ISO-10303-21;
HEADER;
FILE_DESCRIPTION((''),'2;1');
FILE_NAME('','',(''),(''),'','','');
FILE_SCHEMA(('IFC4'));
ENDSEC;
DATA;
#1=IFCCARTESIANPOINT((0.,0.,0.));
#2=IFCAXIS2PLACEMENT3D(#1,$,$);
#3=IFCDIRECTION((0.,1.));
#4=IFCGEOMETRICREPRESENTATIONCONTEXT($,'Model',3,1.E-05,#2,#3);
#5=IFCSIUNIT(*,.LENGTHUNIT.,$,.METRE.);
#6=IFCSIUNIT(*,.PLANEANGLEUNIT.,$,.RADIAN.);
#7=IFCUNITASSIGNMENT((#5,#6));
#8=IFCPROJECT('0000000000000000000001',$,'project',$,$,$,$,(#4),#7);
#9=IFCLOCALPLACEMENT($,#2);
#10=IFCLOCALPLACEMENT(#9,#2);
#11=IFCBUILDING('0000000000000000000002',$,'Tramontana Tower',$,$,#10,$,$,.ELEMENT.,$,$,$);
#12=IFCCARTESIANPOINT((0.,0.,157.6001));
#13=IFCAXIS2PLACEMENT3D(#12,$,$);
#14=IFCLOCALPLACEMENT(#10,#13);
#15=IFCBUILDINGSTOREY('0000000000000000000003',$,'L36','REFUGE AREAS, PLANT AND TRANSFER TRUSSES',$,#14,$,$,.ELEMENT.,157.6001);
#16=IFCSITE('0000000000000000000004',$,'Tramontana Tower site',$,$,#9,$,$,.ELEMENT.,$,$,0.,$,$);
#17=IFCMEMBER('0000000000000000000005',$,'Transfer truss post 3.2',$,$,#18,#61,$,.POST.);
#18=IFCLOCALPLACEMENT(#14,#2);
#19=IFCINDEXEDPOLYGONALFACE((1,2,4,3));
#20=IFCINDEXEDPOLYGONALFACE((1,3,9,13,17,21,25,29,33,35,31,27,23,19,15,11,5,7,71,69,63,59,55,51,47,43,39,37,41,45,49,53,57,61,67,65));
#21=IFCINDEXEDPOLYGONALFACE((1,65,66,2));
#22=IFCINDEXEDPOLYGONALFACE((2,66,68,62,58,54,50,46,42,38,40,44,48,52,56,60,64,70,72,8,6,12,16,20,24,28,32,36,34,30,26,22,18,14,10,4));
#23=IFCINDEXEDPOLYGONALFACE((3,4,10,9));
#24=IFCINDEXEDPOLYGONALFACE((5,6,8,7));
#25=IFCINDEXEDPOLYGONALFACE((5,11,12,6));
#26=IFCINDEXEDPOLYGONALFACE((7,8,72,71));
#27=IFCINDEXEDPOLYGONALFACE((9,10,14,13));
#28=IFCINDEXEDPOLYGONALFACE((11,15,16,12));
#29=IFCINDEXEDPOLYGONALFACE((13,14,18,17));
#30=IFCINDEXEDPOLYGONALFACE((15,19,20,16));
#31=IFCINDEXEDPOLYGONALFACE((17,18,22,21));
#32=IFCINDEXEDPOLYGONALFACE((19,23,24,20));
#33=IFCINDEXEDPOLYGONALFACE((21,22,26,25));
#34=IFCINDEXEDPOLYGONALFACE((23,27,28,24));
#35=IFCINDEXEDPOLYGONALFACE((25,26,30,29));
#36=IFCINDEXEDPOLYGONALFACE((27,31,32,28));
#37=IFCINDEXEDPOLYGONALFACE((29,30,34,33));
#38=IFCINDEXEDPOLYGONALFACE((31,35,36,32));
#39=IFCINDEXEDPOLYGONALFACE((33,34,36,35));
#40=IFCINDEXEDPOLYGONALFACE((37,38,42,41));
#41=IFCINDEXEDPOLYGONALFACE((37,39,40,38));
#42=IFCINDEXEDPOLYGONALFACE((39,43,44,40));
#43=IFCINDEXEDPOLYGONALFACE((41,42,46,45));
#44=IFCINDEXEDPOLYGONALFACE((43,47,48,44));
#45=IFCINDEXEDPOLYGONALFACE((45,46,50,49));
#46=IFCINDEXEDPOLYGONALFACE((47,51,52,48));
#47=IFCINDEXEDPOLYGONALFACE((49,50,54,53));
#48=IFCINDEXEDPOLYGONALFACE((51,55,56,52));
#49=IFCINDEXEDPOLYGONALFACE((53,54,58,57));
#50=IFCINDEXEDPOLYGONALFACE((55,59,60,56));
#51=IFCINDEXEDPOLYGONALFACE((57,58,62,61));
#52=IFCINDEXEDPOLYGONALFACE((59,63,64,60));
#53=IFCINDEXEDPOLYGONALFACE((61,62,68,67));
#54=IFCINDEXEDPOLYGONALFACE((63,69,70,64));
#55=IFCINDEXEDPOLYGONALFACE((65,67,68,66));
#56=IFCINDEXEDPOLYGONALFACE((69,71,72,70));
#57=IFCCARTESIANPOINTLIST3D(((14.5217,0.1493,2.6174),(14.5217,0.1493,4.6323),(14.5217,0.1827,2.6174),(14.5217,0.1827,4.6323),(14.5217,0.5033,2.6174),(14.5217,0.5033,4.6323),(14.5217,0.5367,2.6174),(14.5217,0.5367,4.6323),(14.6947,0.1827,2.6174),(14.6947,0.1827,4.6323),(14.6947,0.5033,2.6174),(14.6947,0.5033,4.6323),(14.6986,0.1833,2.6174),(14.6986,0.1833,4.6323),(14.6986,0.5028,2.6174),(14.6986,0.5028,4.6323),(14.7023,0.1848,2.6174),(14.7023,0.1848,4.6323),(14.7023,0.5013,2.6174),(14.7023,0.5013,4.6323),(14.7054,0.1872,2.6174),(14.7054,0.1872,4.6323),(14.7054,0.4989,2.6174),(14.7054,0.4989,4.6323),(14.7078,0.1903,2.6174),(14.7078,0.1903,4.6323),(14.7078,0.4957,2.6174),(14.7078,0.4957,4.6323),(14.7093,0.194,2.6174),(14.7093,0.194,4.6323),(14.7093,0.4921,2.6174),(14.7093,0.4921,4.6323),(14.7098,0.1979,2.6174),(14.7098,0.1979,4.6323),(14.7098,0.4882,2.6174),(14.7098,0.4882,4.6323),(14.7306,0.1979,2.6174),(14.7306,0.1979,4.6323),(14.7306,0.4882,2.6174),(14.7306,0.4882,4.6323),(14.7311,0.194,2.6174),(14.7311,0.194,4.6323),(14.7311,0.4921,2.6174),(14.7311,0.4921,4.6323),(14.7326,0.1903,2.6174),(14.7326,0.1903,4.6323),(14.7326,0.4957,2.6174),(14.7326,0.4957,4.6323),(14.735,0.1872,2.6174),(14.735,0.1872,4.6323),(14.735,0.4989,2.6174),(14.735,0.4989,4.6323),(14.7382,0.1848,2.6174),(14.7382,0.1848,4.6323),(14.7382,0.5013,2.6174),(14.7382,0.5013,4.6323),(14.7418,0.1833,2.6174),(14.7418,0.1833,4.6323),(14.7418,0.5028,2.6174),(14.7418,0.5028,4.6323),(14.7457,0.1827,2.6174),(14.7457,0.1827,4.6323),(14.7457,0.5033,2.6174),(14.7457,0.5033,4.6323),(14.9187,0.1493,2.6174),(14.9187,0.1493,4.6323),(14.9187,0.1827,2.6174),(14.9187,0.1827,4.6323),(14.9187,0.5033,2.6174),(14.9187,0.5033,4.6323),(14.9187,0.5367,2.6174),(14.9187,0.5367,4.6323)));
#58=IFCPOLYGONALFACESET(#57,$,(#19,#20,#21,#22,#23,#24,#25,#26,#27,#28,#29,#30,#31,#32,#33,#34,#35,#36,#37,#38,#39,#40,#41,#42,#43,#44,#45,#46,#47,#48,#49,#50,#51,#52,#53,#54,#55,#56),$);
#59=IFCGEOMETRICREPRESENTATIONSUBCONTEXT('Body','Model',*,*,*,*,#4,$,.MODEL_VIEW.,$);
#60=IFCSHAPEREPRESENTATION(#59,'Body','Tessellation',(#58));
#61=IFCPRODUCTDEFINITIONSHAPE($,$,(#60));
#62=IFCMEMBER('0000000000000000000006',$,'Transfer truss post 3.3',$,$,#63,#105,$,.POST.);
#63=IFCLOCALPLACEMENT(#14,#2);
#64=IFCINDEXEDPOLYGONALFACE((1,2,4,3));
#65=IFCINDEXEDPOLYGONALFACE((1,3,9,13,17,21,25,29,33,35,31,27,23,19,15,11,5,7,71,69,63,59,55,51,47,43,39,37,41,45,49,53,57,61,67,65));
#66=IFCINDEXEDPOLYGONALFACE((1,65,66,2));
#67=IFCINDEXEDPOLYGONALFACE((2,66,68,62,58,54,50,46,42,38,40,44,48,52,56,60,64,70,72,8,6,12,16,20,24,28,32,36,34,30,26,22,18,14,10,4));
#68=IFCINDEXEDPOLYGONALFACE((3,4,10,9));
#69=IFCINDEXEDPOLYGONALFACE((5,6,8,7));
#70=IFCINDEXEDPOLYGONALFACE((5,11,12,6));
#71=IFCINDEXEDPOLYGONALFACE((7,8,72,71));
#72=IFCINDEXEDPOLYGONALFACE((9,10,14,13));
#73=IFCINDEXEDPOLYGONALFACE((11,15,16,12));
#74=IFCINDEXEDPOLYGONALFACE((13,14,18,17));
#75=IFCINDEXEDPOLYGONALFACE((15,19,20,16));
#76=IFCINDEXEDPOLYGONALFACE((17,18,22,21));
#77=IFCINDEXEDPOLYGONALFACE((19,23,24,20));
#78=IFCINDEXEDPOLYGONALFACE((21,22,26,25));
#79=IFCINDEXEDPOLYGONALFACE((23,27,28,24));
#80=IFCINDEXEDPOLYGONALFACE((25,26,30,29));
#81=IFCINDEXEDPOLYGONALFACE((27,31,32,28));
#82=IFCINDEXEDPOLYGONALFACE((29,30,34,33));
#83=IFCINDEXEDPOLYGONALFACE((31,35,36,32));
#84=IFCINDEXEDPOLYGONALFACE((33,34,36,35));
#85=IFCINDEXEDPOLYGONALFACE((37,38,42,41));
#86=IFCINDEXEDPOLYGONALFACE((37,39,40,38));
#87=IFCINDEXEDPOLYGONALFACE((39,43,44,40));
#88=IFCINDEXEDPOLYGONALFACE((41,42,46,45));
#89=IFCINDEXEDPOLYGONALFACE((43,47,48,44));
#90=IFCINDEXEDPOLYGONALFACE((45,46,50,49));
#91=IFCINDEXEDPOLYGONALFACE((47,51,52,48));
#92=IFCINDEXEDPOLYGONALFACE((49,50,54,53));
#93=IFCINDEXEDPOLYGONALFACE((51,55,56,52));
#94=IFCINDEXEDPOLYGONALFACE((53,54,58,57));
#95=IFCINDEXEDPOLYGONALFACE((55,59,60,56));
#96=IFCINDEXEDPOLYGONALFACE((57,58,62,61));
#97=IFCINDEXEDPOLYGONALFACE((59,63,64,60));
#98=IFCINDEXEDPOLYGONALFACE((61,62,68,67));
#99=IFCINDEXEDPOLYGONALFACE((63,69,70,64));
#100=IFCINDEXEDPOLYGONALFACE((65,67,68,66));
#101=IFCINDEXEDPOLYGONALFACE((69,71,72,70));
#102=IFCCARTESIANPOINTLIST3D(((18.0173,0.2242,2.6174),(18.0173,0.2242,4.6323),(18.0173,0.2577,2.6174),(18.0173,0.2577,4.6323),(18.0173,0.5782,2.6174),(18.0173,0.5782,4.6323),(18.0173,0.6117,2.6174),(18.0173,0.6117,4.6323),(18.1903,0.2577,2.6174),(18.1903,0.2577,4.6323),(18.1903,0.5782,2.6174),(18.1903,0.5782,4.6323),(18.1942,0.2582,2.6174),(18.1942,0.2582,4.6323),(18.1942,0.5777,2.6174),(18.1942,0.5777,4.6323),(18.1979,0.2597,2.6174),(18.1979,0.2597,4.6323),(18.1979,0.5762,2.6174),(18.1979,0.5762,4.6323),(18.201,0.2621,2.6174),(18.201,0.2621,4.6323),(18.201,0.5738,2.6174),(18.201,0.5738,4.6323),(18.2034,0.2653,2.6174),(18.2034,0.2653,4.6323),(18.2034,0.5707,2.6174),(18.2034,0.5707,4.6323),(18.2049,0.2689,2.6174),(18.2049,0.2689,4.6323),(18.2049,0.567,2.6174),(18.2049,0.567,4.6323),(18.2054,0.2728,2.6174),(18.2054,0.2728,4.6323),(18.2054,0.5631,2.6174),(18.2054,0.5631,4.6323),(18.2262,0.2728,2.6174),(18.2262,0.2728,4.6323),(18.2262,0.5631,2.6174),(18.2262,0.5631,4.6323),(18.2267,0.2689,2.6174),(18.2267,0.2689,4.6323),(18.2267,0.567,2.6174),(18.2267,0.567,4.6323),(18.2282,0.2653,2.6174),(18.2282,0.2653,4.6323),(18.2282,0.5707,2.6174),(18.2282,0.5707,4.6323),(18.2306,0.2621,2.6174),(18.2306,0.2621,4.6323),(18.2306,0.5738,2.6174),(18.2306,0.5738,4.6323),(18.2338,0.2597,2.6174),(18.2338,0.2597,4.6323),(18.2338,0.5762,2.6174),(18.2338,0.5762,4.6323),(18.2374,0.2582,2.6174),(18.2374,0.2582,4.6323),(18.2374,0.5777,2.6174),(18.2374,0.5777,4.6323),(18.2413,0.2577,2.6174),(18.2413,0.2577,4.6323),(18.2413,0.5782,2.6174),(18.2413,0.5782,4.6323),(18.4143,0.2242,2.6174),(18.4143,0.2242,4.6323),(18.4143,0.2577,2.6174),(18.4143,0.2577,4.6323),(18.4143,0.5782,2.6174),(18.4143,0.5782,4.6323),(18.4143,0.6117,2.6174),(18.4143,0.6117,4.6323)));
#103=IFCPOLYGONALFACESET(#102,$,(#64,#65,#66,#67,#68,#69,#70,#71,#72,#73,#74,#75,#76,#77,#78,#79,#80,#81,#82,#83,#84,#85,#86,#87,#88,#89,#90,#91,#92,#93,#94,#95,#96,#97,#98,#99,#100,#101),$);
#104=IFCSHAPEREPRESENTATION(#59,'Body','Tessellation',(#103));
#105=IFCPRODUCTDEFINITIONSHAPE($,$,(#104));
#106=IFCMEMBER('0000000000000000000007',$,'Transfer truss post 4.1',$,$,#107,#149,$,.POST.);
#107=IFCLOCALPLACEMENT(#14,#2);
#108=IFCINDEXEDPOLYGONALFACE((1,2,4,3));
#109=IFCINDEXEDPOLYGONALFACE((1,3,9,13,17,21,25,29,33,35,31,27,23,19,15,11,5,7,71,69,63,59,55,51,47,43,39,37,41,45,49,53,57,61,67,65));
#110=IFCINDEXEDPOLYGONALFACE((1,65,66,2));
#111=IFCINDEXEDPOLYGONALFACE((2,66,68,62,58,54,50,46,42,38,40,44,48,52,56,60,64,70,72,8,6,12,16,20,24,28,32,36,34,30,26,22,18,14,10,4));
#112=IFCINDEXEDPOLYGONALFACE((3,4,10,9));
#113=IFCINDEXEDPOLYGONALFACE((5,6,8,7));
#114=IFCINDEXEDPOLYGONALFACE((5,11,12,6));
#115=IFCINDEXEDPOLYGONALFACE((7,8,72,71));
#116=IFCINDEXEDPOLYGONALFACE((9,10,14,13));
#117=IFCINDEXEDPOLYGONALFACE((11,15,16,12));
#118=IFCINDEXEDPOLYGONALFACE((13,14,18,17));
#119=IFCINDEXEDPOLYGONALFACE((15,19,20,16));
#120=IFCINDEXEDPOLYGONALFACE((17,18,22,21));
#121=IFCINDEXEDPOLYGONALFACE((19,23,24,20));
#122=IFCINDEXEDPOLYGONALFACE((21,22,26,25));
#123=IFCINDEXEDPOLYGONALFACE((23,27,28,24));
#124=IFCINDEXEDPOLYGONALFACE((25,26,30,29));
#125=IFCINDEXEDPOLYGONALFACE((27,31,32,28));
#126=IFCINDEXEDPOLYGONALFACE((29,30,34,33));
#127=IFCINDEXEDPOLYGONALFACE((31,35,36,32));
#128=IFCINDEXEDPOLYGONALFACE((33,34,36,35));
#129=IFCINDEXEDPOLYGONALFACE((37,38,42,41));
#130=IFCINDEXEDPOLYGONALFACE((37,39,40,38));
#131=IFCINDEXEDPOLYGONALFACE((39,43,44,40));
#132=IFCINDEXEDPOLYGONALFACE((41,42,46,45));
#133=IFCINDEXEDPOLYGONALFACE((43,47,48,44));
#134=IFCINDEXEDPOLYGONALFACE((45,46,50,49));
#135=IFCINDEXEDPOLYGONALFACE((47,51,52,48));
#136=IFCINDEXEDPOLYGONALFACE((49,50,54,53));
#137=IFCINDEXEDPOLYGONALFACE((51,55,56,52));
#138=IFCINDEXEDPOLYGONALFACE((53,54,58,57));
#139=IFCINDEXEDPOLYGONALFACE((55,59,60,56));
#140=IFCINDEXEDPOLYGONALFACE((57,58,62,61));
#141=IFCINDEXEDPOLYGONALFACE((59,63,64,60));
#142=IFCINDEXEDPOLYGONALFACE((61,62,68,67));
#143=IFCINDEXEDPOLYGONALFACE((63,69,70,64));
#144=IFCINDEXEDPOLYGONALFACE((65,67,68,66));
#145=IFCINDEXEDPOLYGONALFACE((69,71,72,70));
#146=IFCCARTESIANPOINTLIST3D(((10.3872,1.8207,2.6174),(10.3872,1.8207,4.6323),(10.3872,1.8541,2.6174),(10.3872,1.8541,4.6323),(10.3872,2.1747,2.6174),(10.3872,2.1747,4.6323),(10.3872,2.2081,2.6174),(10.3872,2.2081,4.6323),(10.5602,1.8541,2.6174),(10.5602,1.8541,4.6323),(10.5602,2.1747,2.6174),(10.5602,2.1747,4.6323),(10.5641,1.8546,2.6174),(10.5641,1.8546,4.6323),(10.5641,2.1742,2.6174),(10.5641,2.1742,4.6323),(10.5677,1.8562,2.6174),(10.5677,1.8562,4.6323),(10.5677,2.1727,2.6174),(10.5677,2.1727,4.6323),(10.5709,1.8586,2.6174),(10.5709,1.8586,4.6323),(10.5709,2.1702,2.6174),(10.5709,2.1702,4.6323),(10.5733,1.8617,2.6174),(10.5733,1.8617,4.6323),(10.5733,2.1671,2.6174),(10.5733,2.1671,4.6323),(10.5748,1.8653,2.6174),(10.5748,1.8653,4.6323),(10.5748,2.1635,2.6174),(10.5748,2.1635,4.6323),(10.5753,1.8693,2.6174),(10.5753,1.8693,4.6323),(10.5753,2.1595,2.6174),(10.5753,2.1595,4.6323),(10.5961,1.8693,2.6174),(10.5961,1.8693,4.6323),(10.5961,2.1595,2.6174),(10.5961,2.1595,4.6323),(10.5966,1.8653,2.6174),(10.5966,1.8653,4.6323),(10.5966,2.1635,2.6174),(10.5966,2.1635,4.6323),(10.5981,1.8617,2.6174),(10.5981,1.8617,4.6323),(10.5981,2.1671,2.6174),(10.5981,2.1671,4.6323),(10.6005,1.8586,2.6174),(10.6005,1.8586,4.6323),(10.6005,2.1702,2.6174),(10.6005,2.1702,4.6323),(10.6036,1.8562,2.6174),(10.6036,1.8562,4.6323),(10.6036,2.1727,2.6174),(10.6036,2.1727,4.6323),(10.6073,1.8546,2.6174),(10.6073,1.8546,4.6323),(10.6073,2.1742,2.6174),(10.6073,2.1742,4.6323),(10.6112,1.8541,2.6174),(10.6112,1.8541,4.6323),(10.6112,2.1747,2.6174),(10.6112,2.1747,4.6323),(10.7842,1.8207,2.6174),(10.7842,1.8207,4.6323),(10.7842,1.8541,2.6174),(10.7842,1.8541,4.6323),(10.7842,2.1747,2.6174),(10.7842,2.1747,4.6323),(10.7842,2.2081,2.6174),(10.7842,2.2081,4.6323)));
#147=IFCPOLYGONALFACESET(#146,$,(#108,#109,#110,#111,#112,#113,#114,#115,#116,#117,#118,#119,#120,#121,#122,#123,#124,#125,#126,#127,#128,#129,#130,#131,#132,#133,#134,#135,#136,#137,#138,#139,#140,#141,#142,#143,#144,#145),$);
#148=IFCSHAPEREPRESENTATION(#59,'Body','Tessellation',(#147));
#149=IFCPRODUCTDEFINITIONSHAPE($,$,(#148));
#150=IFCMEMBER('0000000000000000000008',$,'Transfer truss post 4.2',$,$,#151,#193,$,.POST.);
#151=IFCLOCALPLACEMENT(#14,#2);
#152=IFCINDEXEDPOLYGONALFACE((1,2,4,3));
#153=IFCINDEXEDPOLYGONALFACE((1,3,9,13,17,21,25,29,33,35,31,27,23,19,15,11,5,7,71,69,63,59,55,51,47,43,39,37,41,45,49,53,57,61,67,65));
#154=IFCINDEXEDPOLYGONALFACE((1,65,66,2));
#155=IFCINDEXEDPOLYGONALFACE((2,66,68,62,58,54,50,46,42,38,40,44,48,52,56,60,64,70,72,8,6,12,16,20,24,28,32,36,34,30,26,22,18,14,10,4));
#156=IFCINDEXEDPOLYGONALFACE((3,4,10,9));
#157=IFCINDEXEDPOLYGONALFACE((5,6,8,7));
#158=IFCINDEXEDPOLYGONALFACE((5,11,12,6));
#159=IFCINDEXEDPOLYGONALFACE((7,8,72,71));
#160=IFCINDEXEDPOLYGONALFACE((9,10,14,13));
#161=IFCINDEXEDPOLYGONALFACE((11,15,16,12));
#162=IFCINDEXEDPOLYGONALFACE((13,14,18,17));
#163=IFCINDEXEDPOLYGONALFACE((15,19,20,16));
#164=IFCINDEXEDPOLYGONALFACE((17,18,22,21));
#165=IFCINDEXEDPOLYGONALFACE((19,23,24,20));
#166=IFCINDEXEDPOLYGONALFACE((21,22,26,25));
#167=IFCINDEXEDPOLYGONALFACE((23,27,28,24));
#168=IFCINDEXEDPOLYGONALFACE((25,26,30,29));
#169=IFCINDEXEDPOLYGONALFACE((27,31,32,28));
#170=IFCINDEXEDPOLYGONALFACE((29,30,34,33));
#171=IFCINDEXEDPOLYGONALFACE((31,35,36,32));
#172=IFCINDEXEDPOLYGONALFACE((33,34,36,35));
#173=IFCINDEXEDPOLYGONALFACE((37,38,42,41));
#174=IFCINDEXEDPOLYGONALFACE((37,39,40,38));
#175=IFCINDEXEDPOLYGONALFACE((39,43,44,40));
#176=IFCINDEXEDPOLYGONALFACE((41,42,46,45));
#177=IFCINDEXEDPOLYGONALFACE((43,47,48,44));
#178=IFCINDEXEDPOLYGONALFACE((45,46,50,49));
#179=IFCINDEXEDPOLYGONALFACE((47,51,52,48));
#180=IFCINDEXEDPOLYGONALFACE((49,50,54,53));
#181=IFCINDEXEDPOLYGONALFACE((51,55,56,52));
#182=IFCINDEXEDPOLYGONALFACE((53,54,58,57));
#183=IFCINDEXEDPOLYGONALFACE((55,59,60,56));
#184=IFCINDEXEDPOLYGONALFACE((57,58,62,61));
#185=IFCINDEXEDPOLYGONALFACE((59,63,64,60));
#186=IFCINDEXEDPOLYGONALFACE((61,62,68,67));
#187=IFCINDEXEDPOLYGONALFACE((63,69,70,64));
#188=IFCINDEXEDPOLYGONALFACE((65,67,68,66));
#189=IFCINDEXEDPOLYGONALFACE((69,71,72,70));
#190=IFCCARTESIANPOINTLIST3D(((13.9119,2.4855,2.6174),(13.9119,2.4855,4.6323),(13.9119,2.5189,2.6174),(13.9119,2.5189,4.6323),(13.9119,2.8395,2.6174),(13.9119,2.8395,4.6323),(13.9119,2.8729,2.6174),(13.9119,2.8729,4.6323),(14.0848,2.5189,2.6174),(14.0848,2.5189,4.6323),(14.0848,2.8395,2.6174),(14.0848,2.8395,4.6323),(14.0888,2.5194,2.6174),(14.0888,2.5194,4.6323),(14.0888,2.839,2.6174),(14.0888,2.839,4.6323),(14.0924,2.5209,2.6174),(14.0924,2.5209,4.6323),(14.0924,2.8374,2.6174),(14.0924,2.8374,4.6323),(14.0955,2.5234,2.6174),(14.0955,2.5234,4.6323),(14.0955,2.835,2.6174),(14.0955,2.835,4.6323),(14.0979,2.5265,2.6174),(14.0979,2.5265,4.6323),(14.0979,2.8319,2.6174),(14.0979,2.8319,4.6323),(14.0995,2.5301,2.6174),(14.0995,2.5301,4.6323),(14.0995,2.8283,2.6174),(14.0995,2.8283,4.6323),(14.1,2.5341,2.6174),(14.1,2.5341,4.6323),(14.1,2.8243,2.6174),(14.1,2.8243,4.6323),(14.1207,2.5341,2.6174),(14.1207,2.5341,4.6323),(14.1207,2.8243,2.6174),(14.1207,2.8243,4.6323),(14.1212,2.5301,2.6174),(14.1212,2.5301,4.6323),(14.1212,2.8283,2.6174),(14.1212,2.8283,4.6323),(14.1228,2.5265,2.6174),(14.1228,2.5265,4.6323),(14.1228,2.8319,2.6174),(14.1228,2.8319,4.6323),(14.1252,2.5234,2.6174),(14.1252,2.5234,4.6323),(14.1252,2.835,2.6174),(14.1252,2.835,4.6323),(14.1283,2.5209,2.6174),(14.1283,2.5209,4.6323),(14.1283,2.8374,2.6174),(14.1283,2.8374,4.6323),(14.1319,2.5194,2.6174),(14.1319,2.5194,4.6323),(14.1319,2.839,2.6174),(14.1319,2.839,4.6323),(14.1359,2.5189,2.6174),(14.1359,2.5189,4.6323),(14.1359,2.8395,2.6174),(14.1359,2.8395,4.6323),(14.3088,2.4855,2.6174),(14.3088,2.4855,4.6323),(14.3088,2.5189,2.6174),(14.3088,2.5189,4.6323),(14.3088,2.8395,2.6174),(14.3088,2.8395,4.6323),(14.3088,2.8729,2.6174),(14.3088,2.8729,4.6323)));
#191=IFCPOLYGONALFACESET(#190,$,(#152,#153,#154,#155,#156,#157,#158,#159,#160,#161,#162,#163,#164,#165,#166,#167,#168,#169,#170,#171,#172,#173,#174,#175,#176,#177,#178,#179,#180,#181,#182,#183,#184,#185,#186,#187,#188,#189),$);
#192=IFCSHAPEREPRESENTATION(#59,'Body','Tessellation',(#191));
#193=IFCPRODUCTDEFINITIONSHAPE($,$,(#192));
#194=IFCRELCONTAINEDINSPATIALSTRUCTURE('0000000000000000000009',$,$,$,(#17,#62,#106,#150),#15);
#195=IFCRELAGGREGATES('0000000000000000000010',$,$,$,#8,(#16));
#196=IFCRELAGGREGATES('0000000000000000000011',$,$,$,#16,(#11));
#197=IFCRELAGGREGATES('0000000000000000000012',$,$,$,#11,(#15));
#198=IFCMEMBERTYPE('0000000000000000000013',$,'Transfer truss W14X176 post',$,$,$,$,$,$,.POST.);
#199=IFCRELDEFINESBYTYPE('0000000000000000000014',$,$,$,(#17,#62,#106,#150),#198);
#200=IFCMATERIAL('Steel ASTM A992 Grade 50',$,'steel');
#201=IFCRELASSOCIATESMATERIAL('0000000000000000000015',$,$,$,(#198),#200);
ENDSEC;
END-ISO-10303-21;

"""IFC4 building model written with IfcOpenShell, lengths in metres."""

from ifc_helpers import new_model, si_unit, direction, frame, origin, origin_2d, place, context, subcontext, project, spatial, i_section, extrude, material, material_profile, profile_set, type_object, element, save


model = new_model("IFC4")

# Units and contexts
model_context = context("Model", 3, precision=1e-05, world=origin(), true_north=direction((0.0, 1.0)))
body_context = subcontext(model_context, "Body", "Model", "MODEL_VIEW")
ifc_project = project(units=[si_unit("LENGTHUNIT", "METRE"), si_unit("PLANEANGLEUNIT", "RADIAN")], contexts=[model_context])

# Site, building, storey
site_placement = place(None, origin())
site = spatial("IfcSite", under=ifc_project, at=site_placement, Name="Tramontana Tower site", CompositionType="ELEMENT", RefElevation=0.0)
building_placement = place(site_placement, origin())
building = spatial("IfcBuilding", under=site, at=building_placement, Name="Tramontana Tower", CompositionType="ELEMENT")
storey_placement = place(building_placement, frame((0.0, 0.0, 157.6001)))
storey = spatial("IfcBuildingStorey", under=building, at=storey_placement, Name="L36", Description="REFUGE AREAS, PLANT AND TRANSFER TRUSSES", CompositionType="ELEMENT", Elevation=157.6001)

# Members
ifc_material_1 = material(Name="Steel ASTM A992 Grade 50", Category="steel")
ifc_material_profile_1 = material_profile(ifc_material_1, i_section(OverallWidth=0.397, OverallDepth=0.3875, WebThickness=0.0208, FlangeThickness=0.0334, FilletRadius=0.0151, at=origin_2d()), Name="W14X176")
ifc_profile_set_1 = profile_set([ifc_material_profile_1], Name="Steel ASTM A992 Grade 50")
member_type_1 = type_object("IfcMemberType", Name="Transfer truss W14X176 post", PredefinedType="POST", material=ifc_profile_set_1)
for number, where, z_axis, x_axis, name in (
    (1, (14.7202, 0.343, 2.6174), (0.0, 0.0, 1.0), (1.0, 0.0, 0.0), "Transfer truss post 3.2"),
    (2, (18.2158, 0.418, 2.6174), (0.0, 0.0, 1.0), (1.0, 0.0, 0.0), "Transfer truss post 3.3"),
    (3, (10.5857, 2.0144, 2.6174), (0.0, 0.0, 1.0), (1.0, 0.0, 0.0), "Transfer truss post 4.1"),
    (4, (14.1104, 2.6792, 2.6174), (0.0, 0.0, 1.0), (1.0, 0.0, 0.0), "Transfer truss post 4.2"),
):
    element("IfcMember", number, at=place(storey_placement, frame(where, z_axis=z_axis, x_axis=x_axis)), inside=storey, type_object=member_type_1, Name=name, PredefinedType="POST", context=body_context, shape_type="SweptSolid", body=[
        extrude(i_section(OverallWidth=0.397, OverallDepth=0.3875, WebThickness=0.0208, FlangeThickness=0.0334, FilletRadius=0.0151, at=origin_2d()), origin(), (0.0, 0.0, 1.0), 2.0149),
    ])

save(model, "model.ifc")
